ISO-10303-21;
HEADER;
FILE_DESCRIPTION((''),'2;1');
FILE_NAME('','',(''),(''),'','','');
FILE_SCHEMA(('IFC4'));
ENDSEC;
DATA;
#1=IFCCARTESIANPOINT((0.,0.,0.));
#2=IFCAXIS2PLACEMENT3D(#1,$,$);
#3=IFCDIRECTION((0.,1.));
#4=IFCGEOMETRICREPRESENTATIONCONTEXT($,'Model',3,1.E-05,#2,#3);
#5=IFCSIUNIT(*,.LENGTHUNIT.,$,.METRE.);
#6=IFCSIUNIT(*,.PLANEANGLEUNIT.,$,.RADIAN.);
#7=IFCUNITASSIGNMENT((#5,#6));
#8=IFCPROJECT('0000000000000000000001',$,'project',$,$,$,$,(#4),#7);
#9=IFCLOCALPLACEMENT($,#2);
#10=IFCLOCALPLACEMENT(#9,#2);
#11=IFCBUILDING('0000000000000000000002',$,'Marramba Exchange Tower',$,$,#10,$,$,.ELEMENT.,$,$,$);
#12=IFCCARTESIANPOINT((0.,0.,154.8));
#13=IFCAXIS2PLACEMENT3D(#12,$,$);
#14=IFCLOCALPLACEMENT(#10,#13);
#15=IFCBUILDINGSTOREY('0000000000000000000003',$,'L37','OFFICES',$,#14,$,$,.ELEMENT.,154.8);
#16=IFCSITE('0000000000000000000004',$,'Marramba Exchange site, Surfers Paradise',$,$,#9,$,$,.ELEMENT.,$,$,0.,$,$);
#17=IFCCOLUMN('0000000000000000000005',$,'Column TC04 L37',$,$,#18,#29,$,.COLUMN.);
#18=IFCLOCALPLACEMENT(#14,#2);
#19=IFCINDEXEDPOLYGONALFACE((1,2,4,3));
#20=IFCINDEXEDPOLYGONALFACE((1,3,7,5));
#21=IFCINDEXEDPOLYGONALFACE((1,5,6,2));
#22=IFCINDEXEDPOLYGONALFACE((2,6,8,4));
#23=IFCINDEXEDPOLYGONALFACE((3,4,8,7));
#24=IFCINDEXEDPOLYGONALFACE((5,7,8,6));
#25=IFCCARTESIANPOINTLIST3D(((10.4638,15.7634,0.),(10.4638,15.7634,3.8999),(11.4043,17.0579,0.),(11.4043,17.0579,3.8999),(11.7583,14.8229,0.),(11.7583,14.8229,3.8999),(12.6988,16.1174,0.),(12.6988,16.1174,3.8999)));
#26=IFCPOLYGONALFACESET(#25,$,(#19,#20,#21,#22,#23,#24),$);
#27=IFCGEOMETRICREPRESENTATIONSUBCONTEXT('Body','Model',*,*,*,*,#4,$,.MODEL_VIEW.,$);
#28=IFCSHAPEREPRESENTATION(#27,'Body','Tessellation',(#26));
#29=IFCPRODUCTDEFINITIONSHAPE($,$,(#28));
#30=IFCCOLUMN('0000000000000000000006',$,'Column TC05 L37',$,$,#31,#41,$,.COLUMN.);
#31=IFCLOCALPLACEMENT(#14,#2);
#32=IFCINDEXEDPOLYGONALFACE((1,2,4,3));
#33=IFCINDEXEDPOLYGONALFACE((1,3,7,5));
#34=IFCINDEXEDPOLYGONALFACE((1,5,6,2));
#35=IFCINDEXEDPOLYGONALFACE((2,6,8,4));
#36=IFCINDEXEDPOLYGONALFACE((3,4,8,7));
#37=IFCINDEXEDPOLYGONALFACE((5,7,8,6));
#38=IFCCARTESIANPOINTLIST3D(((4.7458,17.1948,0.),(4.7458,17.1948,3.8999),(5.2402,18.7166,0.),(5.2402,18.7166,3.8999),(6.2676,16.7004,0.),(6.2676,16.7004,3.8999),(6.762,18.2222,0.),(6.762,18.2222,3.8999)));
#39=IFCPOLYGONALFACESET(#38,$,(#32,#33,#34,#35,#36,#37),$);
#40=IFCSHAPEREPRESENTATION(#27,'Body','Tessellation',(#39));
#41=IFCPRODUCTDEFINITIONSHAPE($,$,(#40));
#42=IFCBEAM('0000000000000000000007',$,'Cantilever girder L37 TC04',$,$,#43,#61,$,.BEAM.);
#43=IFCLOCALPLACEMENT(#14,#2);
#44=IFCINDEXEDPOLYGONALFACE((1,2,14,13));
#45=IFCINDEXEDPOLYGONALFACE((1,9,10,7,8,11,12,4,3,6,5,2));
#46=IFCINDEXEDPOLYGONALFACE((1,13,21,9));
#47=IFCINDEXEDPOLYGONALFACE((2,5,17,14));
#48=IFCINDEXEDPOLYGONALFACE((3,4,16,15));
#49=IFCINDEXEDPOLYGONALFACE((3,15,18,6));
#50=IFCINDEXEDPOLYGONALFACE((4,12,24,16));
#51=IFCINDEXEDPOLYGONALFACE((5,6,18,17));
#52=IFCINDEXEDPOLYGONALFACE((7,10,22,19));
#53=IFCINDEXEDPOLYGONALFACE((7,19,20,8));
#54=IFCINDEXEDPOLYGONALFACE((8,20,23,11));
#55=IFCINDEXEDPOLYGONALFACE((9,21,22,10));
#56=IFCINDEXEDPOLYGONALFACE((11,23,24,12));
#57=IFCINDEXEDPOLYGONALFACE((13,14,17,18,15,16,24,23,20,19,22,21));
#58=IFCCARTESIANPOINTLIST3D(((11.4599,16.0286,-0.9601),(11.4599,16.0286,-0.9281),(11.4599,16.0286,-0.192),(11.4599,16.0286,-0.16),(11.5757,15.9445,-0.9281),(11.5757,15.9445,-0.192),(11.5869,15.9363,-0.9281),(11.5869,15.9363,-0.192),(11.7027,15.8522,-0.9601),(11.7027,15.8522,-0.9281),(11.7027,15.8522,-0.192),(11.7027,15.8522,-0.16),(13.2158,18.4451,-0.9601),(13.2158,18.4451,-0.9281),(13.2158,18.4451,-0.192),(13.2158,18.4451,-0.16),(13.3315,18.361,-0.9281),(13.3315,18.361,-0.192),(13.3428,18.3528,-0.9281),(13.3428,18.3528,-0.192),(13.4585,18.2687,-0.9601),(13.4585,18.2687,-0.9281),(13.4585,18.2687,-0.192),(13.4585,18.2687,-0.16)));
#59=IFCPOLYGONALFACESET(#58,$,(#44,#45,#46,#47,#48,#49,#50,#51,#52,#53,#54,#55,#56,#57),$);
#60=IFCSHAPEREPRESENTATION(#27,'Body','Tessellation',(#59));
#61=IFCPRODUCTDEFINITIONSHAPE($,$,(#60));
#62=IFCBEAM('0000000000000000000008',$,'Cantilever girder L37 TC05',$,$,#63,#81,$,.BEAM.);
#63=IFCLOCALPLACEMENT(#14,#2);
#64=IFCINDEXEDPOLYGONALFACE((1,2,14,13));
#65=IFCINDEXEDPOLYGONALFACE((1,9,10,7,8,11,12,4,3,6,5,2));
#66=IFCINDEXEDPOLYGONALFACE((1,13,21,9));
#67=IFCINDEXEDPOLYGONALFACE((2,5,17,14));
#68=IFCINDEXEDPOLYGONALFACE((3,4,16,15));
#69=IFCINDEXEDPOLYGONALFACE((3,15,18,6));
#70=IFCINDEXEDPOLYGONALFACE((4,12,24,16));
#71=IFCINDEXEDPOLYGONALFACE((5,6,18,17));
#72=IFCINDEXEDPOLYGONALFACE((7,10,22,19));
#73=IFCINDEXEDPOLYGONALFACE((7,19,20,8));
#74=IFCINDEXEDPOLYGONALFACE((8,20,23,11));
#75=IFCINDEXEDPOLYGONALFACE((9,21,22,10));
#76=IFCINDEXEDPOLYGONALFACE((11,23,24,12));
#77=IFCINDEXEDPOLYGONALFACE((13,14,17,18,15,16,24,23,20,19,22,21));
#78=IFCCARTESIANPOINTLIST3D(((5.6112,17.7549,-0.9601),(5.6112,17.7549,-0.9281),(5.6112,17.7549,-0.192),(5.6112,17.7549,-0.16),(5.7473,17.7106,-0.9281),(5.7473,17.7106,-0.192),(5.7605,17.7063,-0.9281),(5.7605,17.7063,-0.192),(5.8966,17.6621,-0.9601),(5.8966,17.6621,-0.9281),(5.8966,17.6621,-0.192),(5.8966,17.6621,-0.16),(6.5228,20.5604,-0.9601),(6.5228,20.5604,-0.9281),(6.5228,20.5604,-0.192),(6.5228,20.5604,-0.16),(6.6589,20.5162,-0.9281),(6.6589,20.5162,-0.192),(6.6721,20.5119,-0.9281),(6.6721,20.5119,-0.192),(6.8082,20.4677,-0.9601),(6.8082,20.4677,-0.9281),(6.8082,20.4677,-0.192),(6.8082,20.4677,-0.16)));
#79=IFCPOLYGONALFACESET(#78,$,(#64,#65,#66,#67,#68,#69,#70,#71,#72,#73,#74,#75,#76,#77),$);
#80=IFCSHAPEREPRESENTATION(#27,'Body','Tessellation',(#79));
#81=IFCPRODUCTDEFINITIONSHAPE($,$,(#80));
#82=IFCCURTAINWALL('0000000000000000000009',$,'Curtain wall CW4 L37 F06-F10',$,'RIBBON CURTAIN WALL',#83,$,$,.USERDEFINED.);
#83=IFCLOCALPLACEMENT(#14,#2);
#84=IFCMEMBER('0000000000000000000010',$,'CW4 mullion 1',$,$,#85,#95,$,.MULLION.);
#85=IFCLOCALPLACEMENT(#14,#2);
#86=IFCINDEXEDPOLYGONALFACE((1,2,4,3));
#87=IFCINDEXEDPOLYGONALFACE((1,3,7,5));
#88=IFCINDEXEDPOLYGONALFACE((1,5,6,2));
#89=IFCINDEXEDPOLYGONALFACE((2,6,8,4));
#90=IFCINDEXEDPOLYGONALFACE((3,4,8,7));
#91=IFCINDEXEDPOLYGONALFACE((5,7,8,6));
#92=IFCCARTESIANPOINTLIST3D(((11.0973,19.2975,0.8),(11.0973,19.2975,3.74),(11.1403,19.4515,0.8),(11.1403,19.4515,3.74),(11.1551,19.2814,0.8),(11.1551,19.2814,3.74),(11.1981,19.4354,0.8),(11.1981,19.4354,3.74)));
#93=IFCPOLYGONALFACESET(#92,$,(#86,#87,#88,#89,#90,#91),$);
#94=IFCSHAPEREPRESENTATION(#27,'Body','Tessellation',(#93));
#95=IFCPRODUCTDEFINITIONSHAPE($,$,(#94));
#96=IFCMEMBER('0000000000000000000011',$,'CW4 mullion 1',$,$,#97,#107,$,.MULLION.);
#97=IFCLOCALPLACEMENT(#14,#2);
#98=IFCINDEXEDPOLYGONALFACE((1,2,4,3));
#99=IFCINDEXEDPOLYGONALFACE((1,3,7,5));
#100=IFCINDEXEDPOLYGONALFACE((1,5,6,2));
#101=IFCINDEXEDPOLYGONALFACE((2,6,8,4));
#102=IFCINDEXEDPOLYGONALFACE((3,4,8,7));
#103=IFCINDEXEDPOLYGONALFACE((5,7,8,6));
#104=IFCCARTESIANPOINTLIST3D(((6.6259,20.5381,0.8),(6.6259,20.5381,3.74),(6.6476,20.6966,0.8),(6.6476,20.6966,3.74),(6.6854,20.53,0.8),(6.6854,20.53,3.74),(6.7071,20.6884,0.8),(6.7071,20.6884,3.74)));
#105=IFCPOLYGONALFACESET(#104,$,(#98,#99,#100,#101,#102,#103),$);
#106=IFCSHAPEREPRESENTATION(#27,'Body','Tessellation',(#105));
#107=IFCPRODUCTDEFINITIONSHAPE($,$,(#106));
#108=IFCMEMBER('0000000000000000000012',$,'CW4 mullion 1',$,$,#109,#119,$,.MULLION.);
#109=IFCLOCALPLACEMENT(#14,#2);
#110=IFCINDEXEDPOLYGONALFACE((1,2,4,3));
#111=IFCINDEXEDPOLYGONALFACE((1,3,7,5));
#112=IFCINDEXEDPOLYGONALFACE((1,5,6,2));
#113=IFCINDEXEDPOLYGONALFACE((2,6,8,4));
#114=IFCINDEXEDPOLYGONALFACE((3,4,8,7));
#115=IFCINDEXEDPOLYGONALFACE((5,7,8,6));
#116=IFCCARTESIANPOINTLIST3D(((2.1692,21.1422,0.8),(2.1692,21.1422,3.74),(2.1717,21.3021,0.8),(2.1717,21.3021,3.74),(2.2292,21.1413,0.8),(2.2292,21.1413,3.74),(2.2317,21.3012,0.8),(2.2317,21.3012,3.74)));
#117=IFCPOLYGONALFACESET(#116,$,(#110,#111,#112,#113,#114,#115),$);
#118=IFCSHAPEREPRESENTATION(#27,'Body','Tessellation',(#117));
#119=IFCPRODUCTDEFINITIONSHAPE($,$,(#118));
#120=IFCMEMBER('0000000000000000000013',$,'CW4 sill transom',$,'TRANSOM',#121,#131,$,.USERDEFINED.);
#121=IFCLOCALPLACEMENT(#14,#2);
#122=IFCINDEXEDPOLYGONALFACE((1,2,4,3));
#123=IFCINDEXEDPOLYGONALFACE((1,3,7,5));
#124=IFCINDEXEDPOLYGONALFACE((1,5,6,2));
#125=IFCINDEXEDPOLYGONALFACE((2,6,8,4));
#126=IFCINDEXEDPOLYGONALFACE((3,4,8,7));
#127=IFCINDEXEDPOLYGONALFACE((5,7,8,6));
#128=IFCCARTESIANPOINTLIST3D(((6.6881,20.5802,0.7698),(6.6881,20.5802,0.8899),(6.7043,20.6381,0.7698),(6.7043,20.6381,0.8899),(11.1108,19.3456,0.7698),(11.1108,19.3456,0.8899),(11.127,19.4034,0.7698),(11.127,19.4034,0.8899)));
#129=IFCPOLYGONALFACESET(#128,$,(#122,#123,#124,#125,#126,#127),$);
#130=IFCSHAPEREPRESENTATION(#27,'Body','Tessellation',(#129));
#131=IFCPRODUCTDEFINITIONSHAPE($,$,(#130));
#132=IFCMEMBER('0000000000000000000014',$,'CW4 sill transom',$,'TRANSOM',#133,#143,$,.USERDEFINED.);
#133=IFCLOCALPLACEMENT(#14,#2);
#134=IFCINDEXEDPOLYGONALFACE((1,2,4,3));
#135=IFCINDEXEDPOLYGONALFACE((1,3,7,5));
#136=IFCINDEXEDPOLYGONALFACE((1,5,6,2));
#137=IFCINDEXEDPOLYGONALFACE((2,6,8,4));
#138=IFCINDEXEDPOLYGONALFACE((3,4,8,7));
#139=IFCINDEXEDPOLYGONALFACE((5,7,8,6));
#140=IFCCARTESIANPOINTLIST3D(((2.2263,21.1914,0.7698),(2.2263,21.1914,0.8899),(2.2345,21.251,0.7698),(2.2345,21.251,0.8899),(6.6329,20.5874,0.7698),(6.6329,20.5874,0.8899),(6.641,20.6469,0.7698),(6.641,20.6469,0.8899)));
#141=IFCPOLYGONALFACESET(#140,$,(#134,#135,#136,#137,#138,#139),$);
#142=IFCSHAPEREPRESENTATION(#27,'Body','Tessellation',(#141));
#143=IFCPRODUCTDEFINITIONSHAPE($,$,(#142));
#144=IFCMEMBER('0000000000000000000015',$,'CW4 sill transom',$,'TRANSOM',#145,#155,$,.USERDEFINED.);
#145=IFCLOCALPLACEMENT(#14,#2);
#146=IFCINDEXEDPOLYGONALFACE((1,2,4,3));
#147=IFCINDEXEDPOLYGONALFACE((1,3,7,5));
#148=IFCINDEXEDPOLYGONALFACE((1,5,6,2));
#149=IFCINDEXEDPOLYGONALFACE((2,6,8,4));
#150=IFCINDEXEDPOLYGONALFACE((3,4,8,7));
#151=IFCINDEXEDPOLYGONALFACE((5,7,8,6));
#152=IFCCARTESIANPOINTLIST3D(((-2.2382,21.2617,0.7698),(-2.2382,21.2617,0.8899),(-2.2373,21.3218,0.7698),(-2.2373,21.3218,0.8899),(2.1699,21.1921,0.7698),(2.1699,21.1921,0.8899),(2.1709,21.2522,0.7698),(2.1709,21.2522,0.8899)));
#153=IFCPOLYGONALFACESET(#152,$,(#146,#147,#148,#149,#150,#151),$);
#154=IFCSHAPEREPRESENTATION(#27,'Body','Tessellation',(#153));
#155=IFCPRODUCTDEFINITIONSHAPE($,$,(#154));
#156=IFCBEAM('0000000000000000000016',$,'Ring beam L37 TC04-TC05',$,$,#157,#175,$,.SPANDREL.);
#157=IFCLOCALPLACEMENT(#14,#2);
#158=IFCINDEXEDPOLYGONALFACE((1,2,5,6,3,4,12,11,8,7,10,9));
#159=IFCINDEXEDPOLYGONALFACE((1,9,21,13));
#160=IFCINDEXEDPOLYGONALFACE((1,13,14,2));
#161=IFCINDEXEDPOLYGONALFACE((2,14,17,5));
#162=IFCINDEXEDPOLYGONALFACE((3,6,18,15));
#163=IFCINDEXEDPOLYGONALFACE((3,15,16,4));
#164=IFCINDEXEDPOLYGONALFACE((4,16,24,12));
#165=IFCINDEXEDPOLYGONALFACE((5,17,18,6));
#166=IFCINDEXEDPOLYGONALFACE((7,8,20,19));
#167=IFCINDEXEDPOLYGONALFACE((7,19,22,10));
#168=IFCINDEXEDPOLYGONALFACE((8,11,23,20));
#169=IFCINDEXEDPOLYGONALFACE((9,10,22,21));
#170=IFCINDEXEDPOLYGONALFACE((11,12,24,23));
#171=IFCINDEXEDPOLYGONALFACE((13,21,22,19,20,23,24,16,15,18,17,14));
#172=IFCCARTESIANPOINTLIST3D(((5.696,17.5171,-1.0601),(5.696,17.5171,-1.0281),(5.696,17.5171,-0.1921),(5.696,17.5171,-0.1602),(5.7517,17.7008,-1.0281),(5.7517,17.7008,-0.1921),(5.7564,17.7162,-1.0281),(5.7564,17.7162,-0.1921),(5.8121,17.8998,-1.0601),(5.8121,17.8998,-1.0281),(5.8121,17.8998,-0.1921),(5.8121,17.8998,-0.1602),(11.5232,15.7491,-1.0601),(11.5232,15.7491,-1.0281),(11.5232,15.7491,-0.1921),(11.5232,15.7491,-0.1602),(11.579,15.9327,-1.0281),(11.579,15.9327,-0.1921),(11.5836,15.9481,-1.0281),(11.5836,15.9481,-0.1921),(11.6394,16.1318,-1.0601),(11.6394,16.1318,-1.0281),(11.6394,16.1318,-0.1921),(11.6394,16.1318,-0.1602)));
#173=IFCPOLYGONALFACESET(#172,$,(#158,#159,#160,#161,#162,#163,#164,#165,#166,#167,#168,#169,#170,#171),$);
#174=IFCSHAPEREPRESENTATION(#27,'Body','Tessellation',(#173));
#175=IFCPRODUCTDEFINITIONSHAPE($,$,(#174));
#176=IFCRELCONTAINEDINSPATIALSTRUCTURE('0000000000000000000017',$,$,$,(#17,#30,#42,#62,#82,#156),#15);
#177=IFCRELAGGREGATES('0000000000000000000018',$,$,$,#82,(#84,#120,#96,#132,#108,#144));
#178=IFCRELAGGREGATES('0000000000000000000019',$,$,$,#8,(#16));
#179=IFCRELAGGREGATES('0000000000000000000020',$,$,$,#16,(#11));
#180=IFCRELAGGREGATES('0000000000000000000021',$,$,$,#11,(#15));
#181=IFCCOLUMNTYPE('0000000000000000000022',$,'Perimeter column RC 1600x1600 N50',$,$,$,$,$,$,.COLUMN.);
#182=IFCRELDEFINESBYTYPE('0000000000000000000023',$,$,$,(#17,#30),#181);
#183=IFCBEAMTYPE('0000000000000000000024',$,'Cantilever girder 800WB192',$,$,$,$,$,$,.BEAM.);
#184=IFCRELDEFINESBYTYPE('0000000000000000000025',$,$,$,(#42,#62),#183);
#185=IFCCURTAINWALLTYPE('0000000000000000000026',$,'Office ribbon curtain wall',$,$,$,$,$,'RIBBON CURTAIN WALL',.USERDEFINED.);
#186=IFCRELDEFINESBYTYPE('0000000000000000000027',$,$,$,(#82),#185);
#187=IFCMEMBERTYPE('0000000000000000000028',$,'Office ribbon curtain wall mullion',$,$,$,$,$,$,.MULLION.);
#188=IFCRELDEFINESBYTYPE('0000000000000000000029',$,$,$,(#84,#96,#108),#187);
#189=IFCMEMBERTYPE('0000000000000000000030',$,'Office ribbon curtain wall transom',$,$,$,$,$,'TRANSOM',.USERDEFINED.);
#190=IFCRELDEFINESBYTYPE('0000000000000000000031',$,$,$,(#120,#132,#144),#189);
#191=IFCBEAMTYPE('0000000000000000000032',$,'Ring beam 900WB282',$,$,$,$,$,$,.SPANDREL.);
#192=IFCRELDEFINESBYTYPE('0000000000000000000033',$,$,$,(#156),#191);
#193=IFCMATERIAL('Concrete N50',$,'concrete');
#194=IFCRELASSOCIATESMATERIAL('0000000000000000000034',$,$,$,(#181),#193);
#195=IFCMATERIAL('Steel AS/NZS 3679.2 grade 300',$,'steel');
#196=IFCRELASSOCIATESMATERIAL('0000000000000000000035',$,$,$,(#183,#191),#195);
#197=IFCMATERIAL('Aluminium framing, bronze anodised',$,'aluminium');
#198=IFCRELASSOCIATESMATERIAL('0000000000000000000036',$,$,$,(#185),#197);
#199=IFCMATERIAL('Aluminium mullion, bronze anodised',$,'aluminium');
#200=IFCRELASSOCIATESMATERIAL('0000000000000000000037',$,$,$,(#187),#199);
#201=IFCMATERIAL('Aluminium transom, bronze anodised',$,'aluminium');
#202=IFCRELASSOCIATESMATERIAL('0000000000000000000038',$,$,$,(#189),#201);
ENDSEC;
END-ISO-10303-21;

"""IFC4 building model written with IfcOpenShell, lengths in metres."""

from ifc_helpers import new_model, si_unit, direction, frame, origin, origin_2d, place, context, subcontext, project, spatial, rectangle, i_section, extrude, material, material_profile, profile_set, type_object, element, aggregate, save


model = new_model("IFC4")

# Units and contexts
model_context = context("Model", 3, precision=1e-05, world=origin(), true_north=direction((0.0, 1.0)))
body_context = subcontext(model_context, "Body", "Model", "MODEL_VIEW")
ifc_project = project(units=[si_unit("LENGTHUNIT", "METRE"), si_unit("PLANEANGLEUNIT", "RADIAN")], contexts=[model_context])

# Site, building, storey
site_placement = place(None, origin())
site = spatial("IfcSite", under=ifc_project, at=site_placement, Name="Marramba Exchange site, Surfers Paradise", CompositionType="ELEMENT", RefElevation=0.0)
building_placement = place(site_placement, origin())
building = spatial("IfcBuilding", under=site, at=building_placement, Name="Marramba Exchange Tower", CompositionType="ELEMENT")
storey_placement = place(building_placement, frame((0.0, 0.0, 154.8)))
storey = spatial("IfcBuildingStorey", under=building, at=storey_placement, Name="L37", Description="OFFICES", CompositionType="ELEMENT", Elevation=154.8)

# Columns
ifc_material_1 = material(Name="Concrete N50", Category="concrete")
ifc_material_profile_1 = material_profile(ifc_material_1, rectangle(XDim=1.6001, YDim=1.6001, at=origin_2d()), Name="RC 1600x1600")
ifc_profile_set_1 = profile_set([ifc_material_profile_1], Name="Concrete N50")
column_type = type_object("IfcColumnType", Name="Perimeter column RC 1600x1600 N50", PredefinedType="COLUMN", material=ifc_profile_set_1)
for number, where, z_axis, x_axis, name in (
    (1, (11.5813, 15.9404, 0.0), (0.0, 0.0, 1.0), (0.587785, 0.809017, 0.0), "Column TC04 L37"),
    (2, (5.7539, 17.7085, 0.0), (0.0, 0.0, 1.0), (0.309017, 0.951057, 0.0), "Column TC05 L37"),
):
    element("IfcColumn", number, at=place(storey_placement, frame(where, z_axis=z_axis, x_axis=x_axis)), inside=storey, type_object=column_type, Name=name, PredefinedType="COLUMN", context=body_context, shape_type="SweptSolid", body=[
        extrude(rectangle(XDim=1.6001, YDim=1.6001, at=origin_2d()), origin(), (0.0, 0.0, 1.0), 3.8999),
    ])

# Beams
ifc_material_2 = material(Name="Steel AS/NZS 3679.2 grade 300", Category="steel")
ifc_material_profile_2 = material_profile(ifc_material_2, i_section(OverallWidth=0.3, OverallDepth=0.8, WebThickness=0.0139, FlangeThickness=0.032, at=origin_2d()), Name="800WB192")
ifc_profile_set_2 = profile_set([ifc_material_profile_2], Name="Steel AS/NZS 3679.2 grade 300")
beam_type_1 = type_object("IfcBeamType", Name="Cantilever girder 800WB192", PredefinedType="BEAM", material=ifc_profile_set_2)
beam_1_placement = place(storey_placement, frame((11.5813, 15.9404, -0.5601), z_axis=(0.587822, 0.80899, 0.0), x_axis=(-0.80899, 0.587822, 0.0)))
element("IfcBeam", 3, at=beam_1_placement, inside=storey, type_object=beam_type_1, Name="Cantilever girder L37 TC04", PredefinedType="BEAM", context=body_context, shape_type="SweptSolid", body=[
    extrude(i_section(OverallWidth=0.3, OverallDepth=0.8, WebThickness=0.0139, FlangeThickness=0.032, at=origin_2d()), origin(), (0.0, 0.0, 1.0), 2.9871),
])
beam_2_placement = place(storey_placement, frame((5.7539, 17.7085, -0.5601), z_axis=(0.309019, 0.951056, 0.0), x_axis=(-0.951056, 0.309019, 0.0)))
element("IfcBeam", 4, at=beam_2_placement, inside=storey, type_object=beam_type_1, Name="Cantilever girder L37 TC05", PredefinedType="BEAM", context=body_context, shape_type="SweptSolid", body=[
    extrude(i_section(OverallWidth=0.3, OverallDepth=0.8, WebThickness=0.0139, FlangeThickness=0.032, at=origin_2d()), origin(), (0.0, 0.0, 1.0), 2.95),
])

# Curtain wall, members
ifc_material_3 = material(Name="Aluminium framing, bronze anodised", Category="aluminium")
curtain_wall_type = type_object("IfcCurtainWallType", Name="Office ribbon curtain wall", ElementType="RIBBON CURTAIN WALL", PredefinedType="USERDEFINED", material=ifc_material_3)
curtain_wall_placement = place(storey_placement, origin())
curtain_wall = element("IfcCurtainWall", 5, at=curtain_wall_placement, inside=storey, type_object=curtain_wall_type, Name="Curtain wall CW4 L37 F06-F10", ObjectType="RIBBON CURTAIN WALL", PredefinedType="USERDEFINED")
ifc_material_4 = material(Name="Aluminium mullion, bronze anodised", Category="aluminium")
ifc_material_profile_3 = material_profile(ifc_material_4, rectangle(XDim=0.1599, YDim=0.0601, at=origin_2d()), Name="CW4 mullion 60x160")
ifc_profile_set_3 = profile_set([ifc_material_profile_3], Name="Aluminium mullion, bronze anodised")
member_type_1 = type_object("IfcMemberType", Name="Office ribbon curtain wall mullion", PredefinedType="MULLION", material=ifc_profile_set_3)
member_1_placement = place(storey_placement, frame((11.1477, 19.3665, 0.8), z_axis=(0.0, 0.0, 1.0), x_axis=(-0.268865, -0.963178, 0.0)))
member_1 = element("IfcMember", 6, at=member_1_placement, type_object=member_type_1, Name="CW4 mullion 1", PredefinedType="MULLION", context=body_context, shape_type="SweptSolid", body=[
    extrude(rectangle(XDim=0.1599, YDim=0.0601, at=origin_2d()), origin(), (0.0, 0.0, 1.0), 2.9399),
])
member_2_placement = place(storey_placement, frame((6.6665, 20.6133, 0.8), z_axis=(0.0, 0.0, 1.0), x_axis=(-0.135786, -0.990738, 0.0)))
member_2 = element("IfcMember", 7, at=member_2_placement, type_object=member_type_1, Name="CW4 mullion 1", PredefinedType="MULLION", context=body_context, shape_type="SweptSolid", body=[
    extrude(rectangle(XDim=0.1599, YDim=0.0601, at=origin_2d()), origin(), (0.0, 0.0, 1.0), 2.9399),
])
member_3_placement = place(storey_placement, frame((2.2004, 21.2217, 0.8), z_axis=(0.0, 0.0, 1.0), x_axis=(-0.015756, -0.999876, 0.0)))
member_3 = element("IfcMember", 8, at=member_3_placement, type_object=member_type_1, Name="CW4 mullion 1", PredefinedType="MULLION", context=body_context, shape_type="SweptSolid", body=[
    extrude(rectangle(XDim=0.1599, YDim=0.0601, at=origin_2d()), origin(), (0.0, 0.0, 1.0), 2.9399),
])
ifc_material_5 = material(Name="Aluminium transom, bronze anodised", Category="aluminium")
ifc_material_profile_4 = material_profile(ifc_material_5, rectangle(XDim=0.0601, YDim=0.1201, at=origin_2d()), Name="CW4 transom 60x120")
ifc_profile_set_4 = profile_set([ifc_material_profile_4], Name="Aluminium transom, bronze anodised")
member_type_2 = type_object("IfcMemberType", Name="Office ribbon curtain wall transom", ElementType="TRANSOM", PredefinedType="USERDEFINED", material=ifc_profile_set_4)
member_4_placement = place(storey_placement, frame((11.1189, 19.3745, 0.8298), z_axis=(-0.963174, 0.26888, 0.0), x_axis=(-0.26888, -0.963174, 0.0)))
member_4 = element("IfcMember", 9, at=member_4_placement, type_object=member_type_2, Name="CW4 sill transom", ObjectType="TRANSOM", PredefinedType="USERDEFINED", context=body_context, shape_type="SweptSolid", body=[
    extrude(rectangle(XDim=0.0601, YDim=0.1201, at=origin_2d()), origin(), (0.0, 0.0, 1.0), 4.5918),
])
member_5_placement = place(storey_placement, frame((6.637, 20.6172, 0.8298), z_axis=(-0.990736, 0.135801, 0.0), x_axis=(-0.135801, -0.990736, 0.0)))
member_5 = element("IfcMember", 10, at=member_5_placement, type_object=member_type_2, Name="CW4 sill transom", ObjectType="TRANSOM", PredefinedType="USERDEFINED", context=body_context, shape_type="SweptSolid", body=[
    extrude(rectangle(XDim=0.0601, YDim=0.1201, at=origin_2d()), origin(), (0.0, 0.0, 1.0), 4.4478),
])
member_6_placement = place(storey_placement, frame((2.1704, 21.2222, 0.8298), z_axis=(-0.999875, 0.015782, 0.0), x_axis=(-0.015782, -0.999875, 0.0)))
member_6 = element("IfcMember", 11, at=member_6_placement, type_object=member_type_2, Name="CW4 sill transom", ObjectType="TRANSOM", PredefinedType="USERDEFINED", context=body_context, shape_type="SweptSolid", body=[
    extrude(rectangle(XDim=0.0601, YDim=0.1201, at=origin_2d()), origin(), (0.0, 0.0, 1.0), 4.4087),
])

# Beam
ifc_material_profile_5 = material_profile(ifc_material_2, i_section(OverallWidth=0.3999, OverallDepth=0.8999, WebThickness=0.0161, FlangeThickness=0.032, at=origin_2d()), Name="900WB282")
ifc_profile_set_5 = profile_set([ifc_material_profile_5], Name="Steel AS/NZS 3679.2 grade 300")
beam_type_2 = type_object("IfcBeamType", Name="Ring beam 900WB282", PredefinedType="SPANDREL", material=ifc_profile_set_5)
beam_3_placement = place(storey_placement, frame((11.5813, 15.9404, -0.6101), z_axis=(-0.956925, 0.290337, 0.0), x_axis=(-0.290337, -0.956925, 0.0)))
element("IfcBeam", 12, at=beam_3_placement, inside=storey, type_object=beam_type_2, Name="Ring beam L37 TC04-TC05", PredefinedType="SPANDREL", context=body_context, shape_type="SweptSolid", body=[
    extrude(i_section(OverallWidth=0.3999, OverallDepth=0.8999, WebThickness=0.0161, FlangeThickness=0.032, at=origin_2d()), origin(), (0.0, 0.0, 1.0), 6.0896),
])

aggregate(curtain_wall, [member_1, member_4, member_2, member_5, member_3, member_6])

save(model, "model.ifc")
